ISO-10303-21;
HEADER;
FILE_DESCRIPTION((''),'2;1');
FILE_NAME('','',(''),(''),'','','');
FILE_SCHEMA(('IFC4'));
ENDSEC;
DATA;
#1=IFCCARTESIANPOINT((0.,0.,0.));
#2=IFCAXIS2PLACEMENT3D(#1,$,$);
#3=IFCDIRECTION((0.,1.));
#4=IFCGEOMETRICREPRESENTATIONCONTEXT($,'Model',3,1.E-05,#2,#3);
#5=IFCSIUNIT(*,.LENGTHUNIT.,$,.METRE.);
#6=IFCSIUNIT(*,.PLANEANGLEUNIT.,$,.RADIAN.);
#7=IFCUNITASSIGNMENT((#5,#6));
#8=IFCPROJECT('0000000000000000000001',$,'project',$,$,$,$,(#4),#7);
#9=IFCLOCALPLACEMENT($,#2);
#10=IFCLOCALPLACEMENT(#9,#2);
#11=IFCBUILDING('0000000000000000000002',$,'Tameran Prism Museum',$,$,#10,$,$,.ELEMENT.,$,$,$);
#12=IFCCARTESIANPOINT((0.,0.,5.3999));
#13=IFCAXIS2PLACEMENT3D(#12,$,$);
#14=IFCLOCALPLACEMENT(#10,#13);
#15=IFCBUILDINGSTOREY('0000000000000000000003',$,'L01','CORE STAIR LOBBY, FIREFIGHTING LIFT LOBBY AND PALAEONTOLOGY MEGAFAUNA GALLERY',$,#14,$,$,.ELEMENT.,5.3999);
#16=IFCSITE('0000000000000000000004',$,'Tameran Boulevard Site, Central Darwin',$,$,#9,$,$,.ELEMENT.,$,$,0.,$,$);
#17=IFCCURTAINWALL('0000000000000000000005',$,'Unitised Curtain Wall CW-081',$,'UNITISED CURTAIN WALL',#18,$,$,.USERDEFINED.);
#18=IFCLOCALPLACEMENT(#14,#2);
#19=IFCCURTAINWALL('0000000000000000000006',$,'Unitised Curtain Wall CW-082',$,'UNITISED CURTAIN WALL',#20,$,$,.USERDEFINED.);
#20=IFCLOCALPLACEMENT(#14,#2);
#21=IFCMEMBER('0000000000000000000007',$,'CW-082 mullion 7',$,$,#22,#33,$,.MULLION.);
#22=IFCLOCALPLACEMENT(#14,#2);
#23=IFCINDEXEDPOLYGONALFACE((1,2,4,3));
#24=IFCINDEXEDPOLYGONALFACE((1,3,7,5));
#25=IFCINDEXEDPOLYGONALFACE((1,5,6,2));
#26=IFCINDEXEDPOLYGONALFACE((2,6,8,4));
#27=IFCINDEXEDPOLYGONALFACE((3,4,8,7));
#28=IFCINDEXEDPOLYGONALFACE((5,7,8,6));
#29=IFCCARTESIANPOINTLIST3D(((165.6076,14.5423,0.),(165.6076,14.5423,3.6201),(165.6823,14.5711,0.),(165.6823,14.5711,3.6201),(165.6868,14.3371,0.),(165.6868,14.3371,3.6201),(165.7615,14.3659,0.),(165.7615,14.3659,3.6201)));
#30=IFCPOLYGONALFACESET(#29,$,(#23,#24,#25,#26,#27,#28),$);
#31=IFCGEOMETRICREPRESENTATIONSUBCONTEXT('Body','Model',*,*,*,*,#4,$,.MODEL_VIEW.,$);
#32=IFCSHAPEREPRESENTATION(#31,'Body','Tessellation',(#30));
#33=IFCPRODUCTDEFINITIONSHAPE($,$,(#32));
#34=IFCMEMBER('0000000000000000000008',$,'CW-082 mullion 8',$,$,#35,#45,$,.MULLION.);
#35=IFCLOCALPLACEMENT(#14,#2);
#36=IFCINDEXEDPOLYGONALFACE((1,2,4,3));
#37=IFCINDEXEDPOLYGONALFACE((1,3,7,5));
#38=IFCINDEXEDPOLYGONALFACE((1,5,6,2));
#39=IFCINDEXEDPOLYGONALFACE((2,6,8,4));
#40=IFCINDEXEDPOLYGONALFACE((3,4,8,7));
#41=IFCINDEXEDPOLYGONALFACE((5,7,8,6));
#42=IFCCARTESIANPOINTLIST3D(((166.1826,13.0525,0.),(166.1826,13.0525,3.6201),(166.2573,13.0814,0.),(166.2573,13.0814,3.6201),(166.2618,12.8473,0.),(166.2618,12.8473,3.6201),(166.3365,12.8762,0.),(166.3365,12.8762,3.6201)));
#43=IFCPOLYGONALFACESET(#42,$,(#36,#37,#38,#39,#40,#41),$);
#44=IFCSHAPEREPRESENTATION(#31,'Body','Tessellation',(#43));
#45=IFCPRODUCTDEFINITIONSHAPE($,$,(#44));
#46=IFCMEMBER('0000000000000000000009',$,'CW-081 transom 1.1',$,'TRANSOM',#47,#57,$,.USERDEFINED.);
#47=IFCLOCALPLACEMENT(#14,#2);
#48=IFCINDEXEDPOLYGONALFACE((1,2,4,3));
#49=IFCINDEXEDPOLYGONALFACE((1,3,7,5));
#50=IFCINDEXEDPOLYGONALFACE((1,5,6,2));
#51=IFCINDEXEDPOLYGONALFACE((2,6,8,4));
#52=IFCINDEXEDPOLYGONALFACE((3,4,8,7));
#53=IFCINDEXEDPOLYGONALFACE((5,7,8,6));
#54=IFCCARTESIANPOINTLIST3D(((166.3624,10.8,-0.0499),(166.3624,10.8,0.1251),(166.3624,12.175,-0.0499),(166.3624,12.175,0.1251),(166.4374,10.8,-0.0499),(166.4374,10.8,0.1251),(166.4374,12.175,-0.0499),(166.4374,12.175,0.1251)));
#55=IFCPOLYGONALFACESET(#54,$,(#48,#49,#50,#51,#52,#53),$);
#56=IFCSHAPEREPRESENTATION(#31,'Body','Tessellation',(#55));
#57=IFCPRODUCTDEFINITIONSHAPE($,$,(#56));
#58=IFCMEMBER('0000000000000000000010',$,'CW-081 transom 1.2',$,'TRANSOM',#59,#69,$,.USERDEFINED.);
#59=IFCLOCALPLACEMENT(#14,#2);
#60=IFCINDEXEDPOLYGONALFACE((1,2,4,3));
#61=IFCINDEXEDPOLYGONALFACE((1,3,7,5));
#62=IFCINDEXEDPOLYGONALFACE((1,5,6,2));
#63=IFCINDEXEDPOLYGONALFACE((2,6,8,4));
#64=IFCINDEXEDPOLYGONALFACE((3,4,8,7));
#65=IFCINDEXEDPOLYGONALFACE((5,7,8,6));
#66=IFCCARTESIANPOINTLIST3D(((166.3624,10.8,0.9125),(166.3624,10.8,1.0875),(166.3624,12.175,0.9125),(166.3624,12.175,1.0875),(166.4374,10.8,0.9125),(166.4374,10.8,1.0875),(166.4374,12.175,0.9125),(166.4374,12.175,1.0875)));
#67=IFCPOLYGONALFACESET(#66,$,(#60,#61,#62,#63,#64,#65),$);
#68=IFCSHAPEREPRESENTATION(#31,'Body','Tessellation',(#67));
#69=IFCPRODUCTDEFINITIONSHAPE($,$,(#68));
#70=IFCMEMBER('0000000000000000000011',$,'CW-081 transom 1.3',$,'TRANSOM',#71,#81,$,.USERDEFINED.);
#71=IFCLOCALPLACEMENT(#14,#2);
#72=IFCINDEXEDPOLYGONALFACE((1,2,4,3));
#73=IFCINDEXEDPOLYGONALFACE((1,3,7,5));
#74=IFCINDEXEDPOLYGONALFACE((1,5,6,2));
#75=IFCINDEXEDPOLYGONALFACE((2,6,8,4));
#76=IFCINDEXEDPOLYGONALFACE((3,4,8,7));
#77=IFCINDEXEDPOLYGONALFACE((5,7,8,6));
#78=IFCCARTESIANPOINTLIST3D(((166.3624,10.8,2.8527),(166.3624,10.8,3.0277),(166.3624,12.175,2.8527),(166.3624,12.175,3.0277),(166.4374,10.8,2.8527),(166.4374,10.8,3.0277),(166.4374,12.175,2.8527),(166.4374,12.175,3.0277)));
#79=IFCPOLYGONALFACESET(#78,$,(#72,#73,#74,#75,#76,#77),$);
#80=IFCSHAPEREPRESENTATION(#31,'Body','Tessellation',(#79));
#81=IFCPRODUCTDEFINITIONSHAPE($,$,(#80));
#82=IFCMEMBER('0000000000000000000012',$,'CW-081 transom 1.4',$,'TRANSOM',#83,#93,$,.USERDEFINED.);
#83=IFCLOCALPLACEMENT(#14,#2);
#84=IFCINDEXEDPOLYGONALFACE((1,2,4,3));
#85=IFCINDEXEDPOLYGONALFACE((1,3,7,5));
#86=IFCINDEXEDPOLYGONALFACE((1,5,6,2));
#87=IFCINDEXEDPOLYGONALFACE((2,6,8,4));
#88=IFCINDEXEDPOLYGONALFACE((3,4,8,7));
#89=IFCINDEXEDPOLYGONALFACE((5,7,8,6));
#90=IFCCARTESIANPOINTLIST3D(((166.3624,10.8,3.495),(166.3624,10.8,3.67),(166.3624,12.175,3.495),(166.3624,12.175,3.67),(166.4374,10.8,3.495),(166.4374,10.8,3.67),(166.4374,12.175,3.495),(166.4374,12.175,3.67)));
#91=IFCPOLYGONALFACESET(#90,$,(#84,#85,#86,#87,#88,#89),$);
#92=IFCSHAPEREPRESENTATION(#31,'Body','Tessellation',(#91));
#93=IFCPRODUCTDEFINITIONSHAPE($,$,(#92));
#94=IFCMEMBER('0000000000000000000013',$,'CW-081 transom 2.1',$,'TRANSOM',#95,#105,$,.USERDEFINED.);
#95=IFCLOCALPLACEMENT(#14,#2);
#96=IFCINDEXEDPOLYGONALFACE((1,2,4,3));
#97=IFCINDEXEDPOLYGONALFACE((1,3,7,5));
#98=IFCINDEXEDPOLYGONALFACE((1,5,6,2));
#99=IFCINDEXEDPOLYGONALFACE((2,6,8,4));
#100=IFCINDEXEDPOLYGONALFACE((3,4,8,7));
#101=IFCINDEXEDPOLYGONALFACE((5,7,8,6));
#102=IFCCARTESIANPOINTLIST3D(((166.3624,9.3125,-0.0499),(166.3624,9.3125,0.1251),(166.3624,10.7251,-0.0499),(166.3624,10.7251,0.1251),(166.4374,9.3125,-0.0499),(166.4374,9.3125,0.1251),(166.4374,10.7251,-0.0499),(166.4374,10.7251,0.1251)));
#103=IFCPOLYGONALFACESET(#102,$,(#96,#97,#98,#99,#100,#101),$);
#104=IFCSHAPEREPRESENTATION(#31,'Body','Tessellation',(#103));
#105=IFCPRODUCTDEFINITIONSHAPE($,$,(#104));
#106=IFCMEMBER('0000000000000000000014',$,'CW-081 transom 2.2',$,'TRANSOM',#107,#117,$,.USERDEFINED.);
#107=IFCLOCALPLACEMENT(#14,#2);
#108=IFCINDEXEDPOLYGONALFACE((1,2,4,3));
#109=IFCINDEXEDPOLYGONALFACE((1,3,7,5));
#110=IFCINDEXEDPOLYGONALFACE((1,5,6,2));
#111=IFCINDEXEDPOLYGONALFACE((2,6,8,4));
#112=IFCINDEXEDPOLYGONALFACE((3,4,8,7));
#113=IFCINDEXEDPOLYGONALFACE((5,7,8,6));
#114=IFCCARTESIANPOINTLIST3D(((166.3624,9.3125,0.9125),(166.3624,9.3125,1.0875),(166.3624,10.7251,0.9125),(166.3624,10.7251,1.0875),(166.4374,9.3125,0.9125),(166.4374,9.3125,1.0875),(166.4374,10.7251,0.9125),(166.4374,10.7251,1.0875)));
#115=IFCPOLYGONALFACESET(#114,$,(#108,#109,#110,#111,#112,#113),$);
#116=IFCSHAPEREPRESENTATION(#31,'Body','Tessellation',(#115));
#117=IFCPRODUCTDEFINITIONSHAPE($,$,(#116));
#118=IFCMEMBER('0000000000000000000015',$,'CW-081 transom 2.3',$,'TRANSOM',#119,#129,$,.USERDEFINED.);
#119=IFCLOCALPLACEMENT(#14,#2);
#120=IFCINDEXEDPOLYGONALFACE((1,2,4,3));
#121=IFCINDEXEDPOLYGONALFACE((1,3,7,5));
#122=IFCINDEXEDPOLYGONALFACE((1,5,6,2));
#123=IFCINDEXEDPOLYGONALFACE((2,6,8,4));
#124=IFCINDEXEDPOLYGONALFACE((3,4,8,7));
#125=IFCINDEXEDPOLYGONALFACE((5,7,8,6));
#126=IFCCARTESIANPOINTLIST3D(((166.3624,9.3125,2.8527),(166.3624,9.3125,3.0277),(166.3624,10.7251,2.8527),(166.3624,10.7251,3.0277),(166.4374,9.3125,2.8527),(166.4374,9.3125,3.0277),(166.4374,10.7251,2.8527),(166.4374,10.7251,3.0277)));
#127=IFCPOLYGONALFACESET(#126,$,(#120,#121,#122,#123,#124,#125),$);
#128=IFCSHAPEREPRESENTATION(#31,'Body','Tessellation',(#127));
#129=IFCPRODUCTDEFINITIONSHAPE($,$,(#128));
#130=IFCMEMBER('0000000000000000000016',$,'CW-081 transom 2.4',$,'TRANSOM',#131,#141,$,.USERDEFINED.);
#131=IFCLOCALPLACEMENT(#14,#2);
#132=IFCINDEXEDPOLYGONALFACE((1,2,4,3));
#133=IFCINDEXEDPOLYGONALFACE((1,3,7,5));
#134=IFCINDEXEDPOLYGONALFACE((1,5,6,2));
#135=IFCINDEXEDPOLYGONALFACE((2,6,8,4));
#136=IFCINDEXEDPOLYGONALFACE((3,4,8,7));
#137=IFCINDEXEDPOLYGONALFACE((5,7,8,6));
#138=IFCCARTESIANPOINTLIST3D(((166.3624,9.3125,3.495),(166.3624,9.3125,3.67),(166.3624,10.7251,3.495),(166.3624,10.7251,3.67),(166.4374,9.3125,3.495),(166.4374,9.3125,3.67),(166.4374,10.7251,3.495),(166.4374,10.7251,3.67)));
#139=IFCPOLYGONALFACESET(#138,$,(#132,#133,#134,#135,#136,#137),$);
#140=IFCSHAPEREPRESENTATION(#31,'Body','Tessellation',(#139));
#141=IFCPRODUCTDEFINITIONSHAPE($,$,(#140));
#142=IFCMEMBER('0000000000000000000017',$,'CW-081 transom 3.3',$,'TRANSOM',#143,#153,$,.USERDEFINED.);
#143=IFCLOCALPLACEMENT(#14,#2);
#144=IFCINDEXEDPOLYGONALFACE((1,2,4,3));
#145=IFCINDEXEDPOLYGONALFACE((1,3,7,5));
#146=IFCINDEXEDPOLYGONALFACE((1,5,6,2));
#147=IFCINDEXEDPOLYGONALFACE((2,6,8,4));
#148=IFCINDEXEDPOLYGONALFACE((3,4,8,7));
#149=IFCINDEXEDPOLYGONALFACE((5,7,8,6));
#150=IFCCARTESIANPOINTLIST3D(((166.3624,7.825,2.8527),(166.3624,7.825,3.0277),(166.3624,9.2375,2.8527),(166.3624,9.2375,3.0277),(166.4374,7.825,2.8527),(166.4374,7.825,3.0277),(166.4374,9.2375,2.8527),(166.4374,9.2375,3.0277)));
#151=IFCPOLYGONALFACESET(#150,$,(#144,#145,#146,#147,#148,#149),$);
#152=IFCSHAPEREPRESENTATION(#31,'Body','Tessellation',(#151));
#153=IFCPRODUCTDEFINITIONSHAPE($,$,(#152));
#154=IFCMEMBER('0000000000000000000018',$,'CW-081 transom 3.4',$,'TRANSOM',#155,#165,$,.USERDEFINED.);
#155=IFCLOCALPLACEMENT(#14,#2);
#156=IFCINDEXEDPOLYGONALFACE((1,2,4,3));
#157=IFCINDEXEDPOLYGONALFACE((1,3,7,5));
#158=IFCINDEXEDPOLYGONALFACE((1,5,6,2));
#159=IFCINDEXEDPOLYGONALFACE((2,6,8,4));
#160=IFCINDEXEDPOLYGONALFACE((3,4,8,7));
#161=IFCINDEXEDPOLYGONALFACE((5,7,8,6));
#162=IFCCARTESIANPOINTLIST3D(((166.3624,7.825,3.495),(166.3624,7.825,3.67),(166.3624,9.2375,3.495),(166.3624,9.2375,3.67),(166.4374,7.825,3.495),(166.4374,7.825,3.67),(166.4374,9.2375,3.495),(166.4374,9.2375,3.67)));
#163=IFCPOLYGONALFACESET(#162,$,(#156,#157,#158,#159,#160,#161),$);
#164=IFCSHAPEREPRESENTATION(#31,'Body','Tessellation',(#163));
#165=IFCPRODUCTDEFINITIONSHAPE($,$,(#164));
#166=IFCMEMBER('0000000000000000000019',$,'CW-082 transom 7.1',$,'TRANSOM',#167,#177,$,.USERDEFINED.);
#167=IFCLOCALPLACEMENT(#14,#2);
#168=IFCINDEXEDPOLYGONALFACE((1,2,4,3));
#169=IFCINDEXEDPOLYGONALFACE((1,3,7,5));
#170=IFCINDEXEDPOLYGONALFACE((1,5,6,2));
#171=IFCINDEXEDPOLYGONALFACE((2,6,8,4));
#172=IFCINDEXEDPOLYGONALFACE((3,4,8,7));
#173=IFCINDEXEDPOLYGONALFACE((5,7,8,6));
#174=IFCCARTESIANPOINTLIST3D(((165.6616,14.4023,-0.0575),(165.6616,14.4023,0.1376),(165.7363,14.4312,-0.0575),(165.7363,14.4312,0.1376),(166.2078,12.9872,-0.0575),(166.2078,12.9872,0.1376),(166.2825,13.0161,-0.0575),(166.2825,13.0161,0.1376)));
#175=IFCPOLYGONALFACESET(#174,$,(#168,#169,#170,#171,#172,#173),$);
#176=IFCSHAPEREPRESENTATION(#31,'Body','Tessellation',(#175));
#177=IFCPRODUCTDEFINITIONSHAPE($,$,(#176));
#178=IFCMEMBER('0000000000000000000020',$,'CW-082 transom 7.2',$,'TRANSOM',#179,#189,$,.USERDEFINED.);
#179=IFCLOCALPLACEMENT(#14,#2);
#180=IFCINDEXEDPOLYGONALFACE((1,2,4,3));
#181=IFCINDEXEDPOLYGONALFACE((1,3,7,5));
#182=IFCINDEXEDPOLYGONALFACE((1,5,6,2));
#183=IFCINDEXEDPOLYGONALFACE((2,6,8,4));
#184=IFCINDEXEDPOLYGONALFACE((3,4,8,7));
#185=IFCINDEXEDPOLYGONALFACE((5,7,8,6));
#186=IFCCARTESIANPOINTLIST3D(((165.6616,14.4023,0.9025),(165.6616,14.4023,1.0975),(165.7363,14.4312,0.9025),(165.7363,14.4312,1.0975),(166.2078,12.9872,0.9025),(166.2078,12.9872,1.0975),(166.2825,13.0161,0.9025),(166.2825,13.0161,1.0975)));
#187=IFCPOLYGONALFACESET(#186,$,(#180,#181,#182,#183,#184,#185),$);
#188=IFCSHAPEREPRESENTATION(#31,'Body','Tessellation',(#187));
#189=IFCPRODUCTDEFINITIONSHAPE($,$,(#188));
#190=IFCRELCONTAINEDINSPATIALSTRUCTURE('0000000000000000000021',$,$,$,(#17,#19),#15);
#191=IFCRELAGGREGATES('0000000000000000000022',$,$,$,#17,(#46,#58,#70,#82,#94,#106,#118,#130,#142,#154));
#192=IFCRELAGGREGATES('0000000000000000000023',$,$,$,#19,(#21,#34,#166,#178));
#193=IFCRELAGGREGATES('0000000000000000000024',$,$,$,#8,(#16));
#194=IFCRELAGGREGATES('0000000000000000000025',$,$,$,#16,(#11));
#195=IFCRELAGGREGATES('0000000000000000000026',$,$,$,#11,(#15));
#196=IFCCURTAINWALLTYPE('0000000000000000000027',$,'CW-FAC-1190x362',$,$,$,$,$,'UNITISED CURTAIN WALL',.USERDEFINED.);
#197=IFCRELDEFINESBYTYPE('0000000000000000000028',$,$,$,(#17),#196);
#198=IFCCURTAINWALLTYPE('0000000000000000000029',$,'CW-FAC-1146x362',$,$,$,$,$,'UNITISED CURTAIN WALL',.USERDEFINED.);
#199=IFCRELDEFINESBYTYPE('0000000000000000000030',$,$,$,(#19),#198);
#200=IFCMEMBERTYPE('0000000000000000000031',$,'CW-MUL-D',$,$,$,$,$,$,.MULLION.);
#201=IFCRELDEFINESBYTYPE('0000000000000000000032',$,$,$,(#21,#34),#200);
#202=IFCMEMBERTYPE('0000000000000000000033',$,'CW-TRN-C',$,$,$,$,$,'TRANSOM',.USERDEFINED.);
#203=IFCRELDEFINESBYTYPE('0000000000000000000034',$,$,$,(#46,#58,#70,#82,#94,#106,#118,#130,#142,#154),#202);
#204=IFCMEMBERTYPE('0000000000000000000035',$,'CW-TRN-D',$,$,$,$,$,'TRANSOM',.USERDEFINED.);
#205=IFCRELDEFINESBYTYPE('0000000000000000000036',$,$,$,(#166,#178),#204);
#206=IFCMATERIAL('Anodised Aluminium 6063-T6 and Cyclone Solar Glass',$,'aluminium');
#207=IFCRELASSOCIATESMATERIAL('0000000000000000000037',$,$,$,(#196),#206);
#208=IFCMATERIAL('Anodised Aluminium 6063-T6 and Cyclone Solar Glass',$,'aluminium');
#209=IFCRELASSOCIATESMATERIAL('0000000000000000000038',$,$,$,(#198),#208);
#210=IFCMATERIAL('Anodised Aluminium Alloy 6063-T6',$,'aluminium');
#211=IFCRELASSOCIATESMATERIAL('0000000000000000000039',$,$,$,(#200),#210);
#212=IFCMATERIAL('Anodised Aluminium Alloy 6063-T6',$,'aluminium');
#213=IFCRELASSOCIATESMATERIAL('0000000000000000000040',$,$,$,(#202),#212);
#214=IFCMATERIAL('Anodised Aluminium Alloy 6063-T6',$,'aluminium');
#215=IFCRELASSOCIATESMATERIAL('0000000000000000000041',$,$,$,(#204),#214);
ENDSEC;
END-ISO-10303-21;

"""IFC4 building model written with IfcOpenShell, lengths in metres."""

from ifc_helpers import new_model, si_unit, direction, frame, origin, origin_2d, place, context, subcontext, project, spatial, rectangle, extrude, material, material_profile, profile_set, type_object, element, aggregate, save


model = new_model("IFC4")

# Units and contexts
model_context = context("Model", 3, precision=1e-05, world=origin(), true_north=direction((0.0, 1.0)))
body_context = subcontext(model_context, "Body", "Model", "MODEL_VIEW")
ifc_project = project(units=[si_unit("LENGTHUNIT", "METRE"), si_unit("PLANEANGLEUNIT", "RADIAN")], contexts=[model_context])

# Site, building, storey
site_placement = place(None, origin())
site = spatial("IfcSite", under=ifc_project, at=site_placement, Name="Tameran Boulevard Site, Central Darwin", CompositionType="ELEMENT", RefElevation=0.0)
building_placement = place(site_placement, origin())
building = spatial("IfcBuilding", under=site, at=building_placement, Name="Tameran Prism Museum", CompositionType="ELEMENT")
storey_placement = place(building_placement, frame((0.0, 0.0, 5.3999)))
storey = spatial("IfcBuildingStorey", under=building, at=storey_placement, Name="L01", Description="CORE STAIR LOBBY, FIREFIGHTING LIFT LOBBY AND PALAEONTOLOGY MEGAFAUNA GALLERY", CompositionType="ELEMENT", Elevation=5.3999)

# Curtain walls, members
ifc_material_1 = material(Name="Anodised Aluminium 6063-T6 and Cyclone Solar Glass", Category="aluminium")
curtain_wall_type_1 = type_object("IfcCurtainWallType", Name="CW-FAC-1190x362", ElementType="UNITISED CURTAIN WALL", PredefinedType="USERDEFINED", material=ifc_material_1)
curtain_wall_1_placement = place(storey_placement, origin())
curtain_wall_1 = element("IfcCurtainWall", 1, at=curtain_wall_1_placement, inside=storey, type_object=curtain_wall_type_1, Name="Unitised Curtain Wall CW-081", ObjectType="UNITISED CURTAIN WALL", PredefinedType="USERDEFINED")
ifc_material_2 = material(Name="Anodised Aluminium 6063-T6 and Cyclone Solar Glass", Category="aluminium")
curtain_wall_type_2 = type_object("IfcCurtainWallType", Name="CW-FAC-1146x362", ElementType="UNITISED CURTAIN WALL", PredefinedType="USERDEFINED", material=ifc_material_2)
curtain_wall_2_placement = place(storey_placement, origin())
curtain_wall_2 = element("IfcCurtainWall", 2, at=curtain_wall_2_placement, inside=storey, type_object=curtain_wall_type_2, Name="Unitised Curtain Wall CW-082", ObjectType="UNITISED CURTAIN WALL", PredefinedType="USERDEFINED")
ifc_material_3 = material(Name="Anodised Aluminium Alloy 6063-T6", Category="aluminium")
ifc_material_profile_1 = material_profile(ifc_material_3, rectangle(XDim=0.0801, YDim=0.22, at=origin_2d()))
ifc_profile_set_1 = profile_set([ifc_material_profile_1])
member_type_1 = type_object("IfcMemberType", Name="CW-MUL-D", PredefinedType="MULLION", material=ifc_profile_set_1)
member_1_placement = place(storey_placement, frame((165.6846, 14.4541, 0.0), z_axis=(0.0, 0.0, 1.0), x_axis=(0.932922, 0.360078, 0.0)))
member_1 = element("IfcMember", 3, at=member_1_placement, type_object=member_type_1, Name="CW-082 mullion 7", PredefinedType="MULLION", context=body_context, shape_type="SweptSolid", body=[
    extrude(rectangle(XDim=0.0801, YDim=0.22, at=origin_2d()), origin(), (0.0, 0.0, 1.0), 3.6201),
])
member_2_placement = place(storey_placement, frame((166.2595, 12.9644, 0.0), z_axis=(0.0, 0.0, 1.0), x_axis=(0.932922, 0.360078, 0.0)))
member_2 = element("IfcMember", 4, at=member_2_placement, type_object=member_type_1, Name="CW-082 mullion 8", PredefinedType="MULLION", context=body_context, shape_type="SweptSolid", body=[
    extrude(rectangle(XDim=0.0801, YDim=0.22, at=origin_2d()), origin(), (0.0, 0.0, 1.0), 3.6201),
])

# Members
ifc_material_4 = material(Name="Anodised Aluminium Alloy 6063-T6", Category="aluminium")
ifc_material_profile_2 = material_profile(ifc_material_4, rectangle(XDim=0.075, YDim=0.175, at=origin_2d()))
ifc_profile_set_2 = profile_set([ifc_material_profile_2])
member_type_2 = type_object("IfcMemberType", Name="CW-TRN-C", ElementType="TRANSOM", PredefinedType="USERDEFINED", material=ifc_profile_set_2)
member_3_placement = place(storey_placement, frame((166.3999, 12.175, 0.0376), z_axis=(0.0, -1.0, 0.0), x_axis=(1.0, 0.0, 0.0)))
member_3 = element("IfcMember", 5, at=member_3_placement, type_object=member_type_2, Name="CW-081 transom 1.1", ObjectType="TRANSOM", PredefinedType="USERDEFINED", context=body_context, shape_type="SweptSolid", body=[
    extrude(rectangle(XDim=0.075, YDim=0.175, at=origin_2d()), origin(), (0.0, 0.0, 1.0), 1.375),
])
member_4_placement = place(storey_placement, frame((166.3999, 12.175, 1.0), z_axis=(0.0, -1.0, 0.0), x_axis=(1.0, 0.0, 0.0)))
member_4 = element("IfcMember", 6, at=member_4_placement, type_object=member_type_2, Name="CW-081 transom 1.2", ObjectType="TRANSOM", PredefinedType="USERDEFINED", context=body_context, shape_type="SweptSolid", body=[
    extrude(rectangle(XDim=0.075, YDim=0.175, at=origin_2d()), origin(), (0.0, 0.0, 1.0), 1.375),
])
member_5_placement = place(storey_placement, frame((166.3999, 12.175, 2.9402), z_axis=(0.0, -1.0, 0.0), x_axis=(1.0, 0.0, 0.0)))
member_5 = element("IfcMember", 7, at=member_5_placement, type_object=member_type_2, Name="CW-081 transom 1.3", ObjectType="TRANSOM", PredefinedType="USERDEFINED", context=body_context, shape_type="SweptSolid", body=[
    extrude(rectangle(XDim=0.075, YDim=0.175, at=origin_2d()), origin(), (0.0, 0.0, 1.0), 1.375),
])
member_6_placement = place(storey_placement, frame((166.3999, 12.175, 3.5825), z_axis=(0.0, -1.0, 0.0), x_axis=(1.0, 0.0, 0.0)))
member_6 = element("IfcMember", 8, at=member_6_placement, type_object=member_type_2, Name="CW-081 transom 1.4", ObjectType="TRANSOM", PredefinedType="USERDEFINED", context=body_context, shape_type="SweptSolid", body=[
    extrude(rectangle(XDim=0.075, YDim=0.175, at=origin_2d()), origin(), (0.0, 0.0, 1.0), 1.375),
])
member_7_placement = place(storey_placement, frame((166.3999, 10.7251, 0.0376), z_axis=(0.0, -1.0, 0.0), x_axis=(1.0, 0.0, 0.0)))
member_7 = element("IfcMember", 9, at=member_7_placement, type_object=member_type_2, Name="CW-081 transom 2.1", ObjectType="TRANSOM", PredefinedType="USERDEFINED", context=body_context, shape_type="SweptSolid", body=[
    extrude(rectangle(XDim=0.075, YDim=0.175, at=origin_2d()), origin(), (0.0, 0.0, 1.0), 1.4126),
])
member_8_placement = place(storey_placement, frame((166.3999, 10.7251, 1.0), z_axis=(0.0, -1.0, 0.0), x_axis=(1.0, 0.0, 0.0)))
member_8 = element("IfcMember", 10, at=member_8_placement, type_object=member_type_2, Name="CW-081 transom 2.2", ObjectType="TRANSOM", PredefinedType="USERDEFINED", context=body_context, shape_type="SweptSolid", body=[
    extrude(rectangle(XDim=0.075, YDim=0.175, at=origin_2d()), origin(), (0.0, 0.0, 1.0), 1.4126),
])
member_9_placement = place(storey_placement, frame((166.3999, 10.7251, 2.9402), z_axis=(0.0, -1.0, 0.0), x_axis=(1.0, 0.0, 0.0)))
member_9 = element("IfcMember", 11, at=member_9_placement, type_object=member_type_2, Name="CW-081 transom 2.3", ObjectType="TRANSOM", PredefinedType="USERDEFINED", context=body_context, shape_type="SweptSolid", body=[
    extrude(rectangle(XDim=0.075, YDim=0.175, at=origin_2d()), origin(), (0.0, 0.0, 1.0), 1.4126),
])
member_10_placement = place(storey_placement, frame((166.3999, 10.7251, 3.5825), z_axis=(0.0, -1.0, 0.0), x_axis=(1.0, 0.0, 0.0)))
member_10 = element("IfcMember", 12, at=member_10_placement, type_object=member_type_2, Name="CW-081 transom 2.4", ObjectType="TRANSOM", PredefinedType="USERDEFINED", context=body_context, shape_type="SweptSolid", body=[
    extrude(rectangle(XDim=0.075, YDim=0.175, at=origin_2d()), origin(), (0.0, 0.0, 1.0), 1.4126),
])
member_11_placement = place(storey_placement, frame((166.3999, 9.2375, 2.9402), z_axis=(0.0, -1.0, 0.0), x_axis=(1.0, 0.0, 0.0)))
member_11 = element("IfcMember", 13, at=member_11_placement, type_object=member_type_2, Name="CW-081 transom 3.3", ObjectType="TRANSOM", PredefinedType="USERDEFINED", context=body_context, shape_type="SweptSolid", body=[
    extrude(rectangle(XDim=0.075, YDim=0.175, at=origin_2d()), origin(), (0.0, 0.0, 1.0), 1.4126),
])
member_12_placement = place(storey_placement, frame((166.3999, 9.2375, 3.5825), z_axis=(0.0, -1.0, 0.0), x_axis=(1.0, 0.0, 0.0)))
member_12 = element("IfcMember", 14, at=member_12_placement, type_object=member_type_2, Name="CW-081 transom 3.4", ObjectType="TRANSOM", PredefinedType="USERDEFINED", context=body_context, shape_type="SweptSolid", body=[
    extrude(rectangle(XDim=0.075, YDim=0.175, at=origin_2d()), origin(), (0.0, 0.0, 1.0), 1.4126),
])
ifc_material_5 = material(Name="Anodised Aluminium Alloy 6063-T6", Category="aluminium")
ifc_material_profile_3 = material_profile(ifc_material_5, rectangle(XDim=0.0801, YDim=0.1951, at=origin_2d()))
ifc_profile_set_3 = profile_set([ifc_material_profile_3])
member_type_3 = type_object("IfcMemberType", Name="CW-TRN-D", ElementType="TRANSOM", PredefinedType="USERDEFINED", material=ifc_profile_set_3)
member_13_placement = place(storey_placement, frame((165.699, 14.4167, 0.04), z_axis=(0.360068, -0.932926, 0.0), x_axis=(0.932926, 0.360068, 0.0)))
member_13 = element("IfcMember", 15, at=member_13_placement, type_object=member_type_3, Name="CW-082 transom 7.1", ObjectType="TRANSOM", PredefinedType="USERDEFINED", context=body_context, shape_type="SweptSolid", body=[
    extrude(rectangle(XDim=0.0801, YDim=0.1951, at=origin_2d()), origin(), (0.0, 0.0, 1.0), 1.5168),
])
member_14_placement = place(storey_placement, frame((165.699, 14.4167, 1.0), z_axis=(0.360068, -0.932926, 0.0), x_axis=(0.932926, 0.360068, 0.0)))
member_14 = element("IfcMember", 16, at=member_14_placement, type_object=member_type_3, Name="CW-082 transom 7.2", ObjectType="TRANSOM", PredefinedType="USERDEFINED", context=body_context, shape_type="SweptSolid", body=[
    extrude(rectangle(XDim=0.0801, YDim=0.1951, at=origin_2d()), origin(), (0.0, 0.0, 1.0), 1.5168),
])

aggregate(curtain_wall_1, [member_3, member_4, member_5, member_6, member_7, member_8, member_9, member_10, member_11, member_12])
aggregate(curtain_wall_2, [member_1, member_2, member_13, member_14])

save(model, "model.ifc")
